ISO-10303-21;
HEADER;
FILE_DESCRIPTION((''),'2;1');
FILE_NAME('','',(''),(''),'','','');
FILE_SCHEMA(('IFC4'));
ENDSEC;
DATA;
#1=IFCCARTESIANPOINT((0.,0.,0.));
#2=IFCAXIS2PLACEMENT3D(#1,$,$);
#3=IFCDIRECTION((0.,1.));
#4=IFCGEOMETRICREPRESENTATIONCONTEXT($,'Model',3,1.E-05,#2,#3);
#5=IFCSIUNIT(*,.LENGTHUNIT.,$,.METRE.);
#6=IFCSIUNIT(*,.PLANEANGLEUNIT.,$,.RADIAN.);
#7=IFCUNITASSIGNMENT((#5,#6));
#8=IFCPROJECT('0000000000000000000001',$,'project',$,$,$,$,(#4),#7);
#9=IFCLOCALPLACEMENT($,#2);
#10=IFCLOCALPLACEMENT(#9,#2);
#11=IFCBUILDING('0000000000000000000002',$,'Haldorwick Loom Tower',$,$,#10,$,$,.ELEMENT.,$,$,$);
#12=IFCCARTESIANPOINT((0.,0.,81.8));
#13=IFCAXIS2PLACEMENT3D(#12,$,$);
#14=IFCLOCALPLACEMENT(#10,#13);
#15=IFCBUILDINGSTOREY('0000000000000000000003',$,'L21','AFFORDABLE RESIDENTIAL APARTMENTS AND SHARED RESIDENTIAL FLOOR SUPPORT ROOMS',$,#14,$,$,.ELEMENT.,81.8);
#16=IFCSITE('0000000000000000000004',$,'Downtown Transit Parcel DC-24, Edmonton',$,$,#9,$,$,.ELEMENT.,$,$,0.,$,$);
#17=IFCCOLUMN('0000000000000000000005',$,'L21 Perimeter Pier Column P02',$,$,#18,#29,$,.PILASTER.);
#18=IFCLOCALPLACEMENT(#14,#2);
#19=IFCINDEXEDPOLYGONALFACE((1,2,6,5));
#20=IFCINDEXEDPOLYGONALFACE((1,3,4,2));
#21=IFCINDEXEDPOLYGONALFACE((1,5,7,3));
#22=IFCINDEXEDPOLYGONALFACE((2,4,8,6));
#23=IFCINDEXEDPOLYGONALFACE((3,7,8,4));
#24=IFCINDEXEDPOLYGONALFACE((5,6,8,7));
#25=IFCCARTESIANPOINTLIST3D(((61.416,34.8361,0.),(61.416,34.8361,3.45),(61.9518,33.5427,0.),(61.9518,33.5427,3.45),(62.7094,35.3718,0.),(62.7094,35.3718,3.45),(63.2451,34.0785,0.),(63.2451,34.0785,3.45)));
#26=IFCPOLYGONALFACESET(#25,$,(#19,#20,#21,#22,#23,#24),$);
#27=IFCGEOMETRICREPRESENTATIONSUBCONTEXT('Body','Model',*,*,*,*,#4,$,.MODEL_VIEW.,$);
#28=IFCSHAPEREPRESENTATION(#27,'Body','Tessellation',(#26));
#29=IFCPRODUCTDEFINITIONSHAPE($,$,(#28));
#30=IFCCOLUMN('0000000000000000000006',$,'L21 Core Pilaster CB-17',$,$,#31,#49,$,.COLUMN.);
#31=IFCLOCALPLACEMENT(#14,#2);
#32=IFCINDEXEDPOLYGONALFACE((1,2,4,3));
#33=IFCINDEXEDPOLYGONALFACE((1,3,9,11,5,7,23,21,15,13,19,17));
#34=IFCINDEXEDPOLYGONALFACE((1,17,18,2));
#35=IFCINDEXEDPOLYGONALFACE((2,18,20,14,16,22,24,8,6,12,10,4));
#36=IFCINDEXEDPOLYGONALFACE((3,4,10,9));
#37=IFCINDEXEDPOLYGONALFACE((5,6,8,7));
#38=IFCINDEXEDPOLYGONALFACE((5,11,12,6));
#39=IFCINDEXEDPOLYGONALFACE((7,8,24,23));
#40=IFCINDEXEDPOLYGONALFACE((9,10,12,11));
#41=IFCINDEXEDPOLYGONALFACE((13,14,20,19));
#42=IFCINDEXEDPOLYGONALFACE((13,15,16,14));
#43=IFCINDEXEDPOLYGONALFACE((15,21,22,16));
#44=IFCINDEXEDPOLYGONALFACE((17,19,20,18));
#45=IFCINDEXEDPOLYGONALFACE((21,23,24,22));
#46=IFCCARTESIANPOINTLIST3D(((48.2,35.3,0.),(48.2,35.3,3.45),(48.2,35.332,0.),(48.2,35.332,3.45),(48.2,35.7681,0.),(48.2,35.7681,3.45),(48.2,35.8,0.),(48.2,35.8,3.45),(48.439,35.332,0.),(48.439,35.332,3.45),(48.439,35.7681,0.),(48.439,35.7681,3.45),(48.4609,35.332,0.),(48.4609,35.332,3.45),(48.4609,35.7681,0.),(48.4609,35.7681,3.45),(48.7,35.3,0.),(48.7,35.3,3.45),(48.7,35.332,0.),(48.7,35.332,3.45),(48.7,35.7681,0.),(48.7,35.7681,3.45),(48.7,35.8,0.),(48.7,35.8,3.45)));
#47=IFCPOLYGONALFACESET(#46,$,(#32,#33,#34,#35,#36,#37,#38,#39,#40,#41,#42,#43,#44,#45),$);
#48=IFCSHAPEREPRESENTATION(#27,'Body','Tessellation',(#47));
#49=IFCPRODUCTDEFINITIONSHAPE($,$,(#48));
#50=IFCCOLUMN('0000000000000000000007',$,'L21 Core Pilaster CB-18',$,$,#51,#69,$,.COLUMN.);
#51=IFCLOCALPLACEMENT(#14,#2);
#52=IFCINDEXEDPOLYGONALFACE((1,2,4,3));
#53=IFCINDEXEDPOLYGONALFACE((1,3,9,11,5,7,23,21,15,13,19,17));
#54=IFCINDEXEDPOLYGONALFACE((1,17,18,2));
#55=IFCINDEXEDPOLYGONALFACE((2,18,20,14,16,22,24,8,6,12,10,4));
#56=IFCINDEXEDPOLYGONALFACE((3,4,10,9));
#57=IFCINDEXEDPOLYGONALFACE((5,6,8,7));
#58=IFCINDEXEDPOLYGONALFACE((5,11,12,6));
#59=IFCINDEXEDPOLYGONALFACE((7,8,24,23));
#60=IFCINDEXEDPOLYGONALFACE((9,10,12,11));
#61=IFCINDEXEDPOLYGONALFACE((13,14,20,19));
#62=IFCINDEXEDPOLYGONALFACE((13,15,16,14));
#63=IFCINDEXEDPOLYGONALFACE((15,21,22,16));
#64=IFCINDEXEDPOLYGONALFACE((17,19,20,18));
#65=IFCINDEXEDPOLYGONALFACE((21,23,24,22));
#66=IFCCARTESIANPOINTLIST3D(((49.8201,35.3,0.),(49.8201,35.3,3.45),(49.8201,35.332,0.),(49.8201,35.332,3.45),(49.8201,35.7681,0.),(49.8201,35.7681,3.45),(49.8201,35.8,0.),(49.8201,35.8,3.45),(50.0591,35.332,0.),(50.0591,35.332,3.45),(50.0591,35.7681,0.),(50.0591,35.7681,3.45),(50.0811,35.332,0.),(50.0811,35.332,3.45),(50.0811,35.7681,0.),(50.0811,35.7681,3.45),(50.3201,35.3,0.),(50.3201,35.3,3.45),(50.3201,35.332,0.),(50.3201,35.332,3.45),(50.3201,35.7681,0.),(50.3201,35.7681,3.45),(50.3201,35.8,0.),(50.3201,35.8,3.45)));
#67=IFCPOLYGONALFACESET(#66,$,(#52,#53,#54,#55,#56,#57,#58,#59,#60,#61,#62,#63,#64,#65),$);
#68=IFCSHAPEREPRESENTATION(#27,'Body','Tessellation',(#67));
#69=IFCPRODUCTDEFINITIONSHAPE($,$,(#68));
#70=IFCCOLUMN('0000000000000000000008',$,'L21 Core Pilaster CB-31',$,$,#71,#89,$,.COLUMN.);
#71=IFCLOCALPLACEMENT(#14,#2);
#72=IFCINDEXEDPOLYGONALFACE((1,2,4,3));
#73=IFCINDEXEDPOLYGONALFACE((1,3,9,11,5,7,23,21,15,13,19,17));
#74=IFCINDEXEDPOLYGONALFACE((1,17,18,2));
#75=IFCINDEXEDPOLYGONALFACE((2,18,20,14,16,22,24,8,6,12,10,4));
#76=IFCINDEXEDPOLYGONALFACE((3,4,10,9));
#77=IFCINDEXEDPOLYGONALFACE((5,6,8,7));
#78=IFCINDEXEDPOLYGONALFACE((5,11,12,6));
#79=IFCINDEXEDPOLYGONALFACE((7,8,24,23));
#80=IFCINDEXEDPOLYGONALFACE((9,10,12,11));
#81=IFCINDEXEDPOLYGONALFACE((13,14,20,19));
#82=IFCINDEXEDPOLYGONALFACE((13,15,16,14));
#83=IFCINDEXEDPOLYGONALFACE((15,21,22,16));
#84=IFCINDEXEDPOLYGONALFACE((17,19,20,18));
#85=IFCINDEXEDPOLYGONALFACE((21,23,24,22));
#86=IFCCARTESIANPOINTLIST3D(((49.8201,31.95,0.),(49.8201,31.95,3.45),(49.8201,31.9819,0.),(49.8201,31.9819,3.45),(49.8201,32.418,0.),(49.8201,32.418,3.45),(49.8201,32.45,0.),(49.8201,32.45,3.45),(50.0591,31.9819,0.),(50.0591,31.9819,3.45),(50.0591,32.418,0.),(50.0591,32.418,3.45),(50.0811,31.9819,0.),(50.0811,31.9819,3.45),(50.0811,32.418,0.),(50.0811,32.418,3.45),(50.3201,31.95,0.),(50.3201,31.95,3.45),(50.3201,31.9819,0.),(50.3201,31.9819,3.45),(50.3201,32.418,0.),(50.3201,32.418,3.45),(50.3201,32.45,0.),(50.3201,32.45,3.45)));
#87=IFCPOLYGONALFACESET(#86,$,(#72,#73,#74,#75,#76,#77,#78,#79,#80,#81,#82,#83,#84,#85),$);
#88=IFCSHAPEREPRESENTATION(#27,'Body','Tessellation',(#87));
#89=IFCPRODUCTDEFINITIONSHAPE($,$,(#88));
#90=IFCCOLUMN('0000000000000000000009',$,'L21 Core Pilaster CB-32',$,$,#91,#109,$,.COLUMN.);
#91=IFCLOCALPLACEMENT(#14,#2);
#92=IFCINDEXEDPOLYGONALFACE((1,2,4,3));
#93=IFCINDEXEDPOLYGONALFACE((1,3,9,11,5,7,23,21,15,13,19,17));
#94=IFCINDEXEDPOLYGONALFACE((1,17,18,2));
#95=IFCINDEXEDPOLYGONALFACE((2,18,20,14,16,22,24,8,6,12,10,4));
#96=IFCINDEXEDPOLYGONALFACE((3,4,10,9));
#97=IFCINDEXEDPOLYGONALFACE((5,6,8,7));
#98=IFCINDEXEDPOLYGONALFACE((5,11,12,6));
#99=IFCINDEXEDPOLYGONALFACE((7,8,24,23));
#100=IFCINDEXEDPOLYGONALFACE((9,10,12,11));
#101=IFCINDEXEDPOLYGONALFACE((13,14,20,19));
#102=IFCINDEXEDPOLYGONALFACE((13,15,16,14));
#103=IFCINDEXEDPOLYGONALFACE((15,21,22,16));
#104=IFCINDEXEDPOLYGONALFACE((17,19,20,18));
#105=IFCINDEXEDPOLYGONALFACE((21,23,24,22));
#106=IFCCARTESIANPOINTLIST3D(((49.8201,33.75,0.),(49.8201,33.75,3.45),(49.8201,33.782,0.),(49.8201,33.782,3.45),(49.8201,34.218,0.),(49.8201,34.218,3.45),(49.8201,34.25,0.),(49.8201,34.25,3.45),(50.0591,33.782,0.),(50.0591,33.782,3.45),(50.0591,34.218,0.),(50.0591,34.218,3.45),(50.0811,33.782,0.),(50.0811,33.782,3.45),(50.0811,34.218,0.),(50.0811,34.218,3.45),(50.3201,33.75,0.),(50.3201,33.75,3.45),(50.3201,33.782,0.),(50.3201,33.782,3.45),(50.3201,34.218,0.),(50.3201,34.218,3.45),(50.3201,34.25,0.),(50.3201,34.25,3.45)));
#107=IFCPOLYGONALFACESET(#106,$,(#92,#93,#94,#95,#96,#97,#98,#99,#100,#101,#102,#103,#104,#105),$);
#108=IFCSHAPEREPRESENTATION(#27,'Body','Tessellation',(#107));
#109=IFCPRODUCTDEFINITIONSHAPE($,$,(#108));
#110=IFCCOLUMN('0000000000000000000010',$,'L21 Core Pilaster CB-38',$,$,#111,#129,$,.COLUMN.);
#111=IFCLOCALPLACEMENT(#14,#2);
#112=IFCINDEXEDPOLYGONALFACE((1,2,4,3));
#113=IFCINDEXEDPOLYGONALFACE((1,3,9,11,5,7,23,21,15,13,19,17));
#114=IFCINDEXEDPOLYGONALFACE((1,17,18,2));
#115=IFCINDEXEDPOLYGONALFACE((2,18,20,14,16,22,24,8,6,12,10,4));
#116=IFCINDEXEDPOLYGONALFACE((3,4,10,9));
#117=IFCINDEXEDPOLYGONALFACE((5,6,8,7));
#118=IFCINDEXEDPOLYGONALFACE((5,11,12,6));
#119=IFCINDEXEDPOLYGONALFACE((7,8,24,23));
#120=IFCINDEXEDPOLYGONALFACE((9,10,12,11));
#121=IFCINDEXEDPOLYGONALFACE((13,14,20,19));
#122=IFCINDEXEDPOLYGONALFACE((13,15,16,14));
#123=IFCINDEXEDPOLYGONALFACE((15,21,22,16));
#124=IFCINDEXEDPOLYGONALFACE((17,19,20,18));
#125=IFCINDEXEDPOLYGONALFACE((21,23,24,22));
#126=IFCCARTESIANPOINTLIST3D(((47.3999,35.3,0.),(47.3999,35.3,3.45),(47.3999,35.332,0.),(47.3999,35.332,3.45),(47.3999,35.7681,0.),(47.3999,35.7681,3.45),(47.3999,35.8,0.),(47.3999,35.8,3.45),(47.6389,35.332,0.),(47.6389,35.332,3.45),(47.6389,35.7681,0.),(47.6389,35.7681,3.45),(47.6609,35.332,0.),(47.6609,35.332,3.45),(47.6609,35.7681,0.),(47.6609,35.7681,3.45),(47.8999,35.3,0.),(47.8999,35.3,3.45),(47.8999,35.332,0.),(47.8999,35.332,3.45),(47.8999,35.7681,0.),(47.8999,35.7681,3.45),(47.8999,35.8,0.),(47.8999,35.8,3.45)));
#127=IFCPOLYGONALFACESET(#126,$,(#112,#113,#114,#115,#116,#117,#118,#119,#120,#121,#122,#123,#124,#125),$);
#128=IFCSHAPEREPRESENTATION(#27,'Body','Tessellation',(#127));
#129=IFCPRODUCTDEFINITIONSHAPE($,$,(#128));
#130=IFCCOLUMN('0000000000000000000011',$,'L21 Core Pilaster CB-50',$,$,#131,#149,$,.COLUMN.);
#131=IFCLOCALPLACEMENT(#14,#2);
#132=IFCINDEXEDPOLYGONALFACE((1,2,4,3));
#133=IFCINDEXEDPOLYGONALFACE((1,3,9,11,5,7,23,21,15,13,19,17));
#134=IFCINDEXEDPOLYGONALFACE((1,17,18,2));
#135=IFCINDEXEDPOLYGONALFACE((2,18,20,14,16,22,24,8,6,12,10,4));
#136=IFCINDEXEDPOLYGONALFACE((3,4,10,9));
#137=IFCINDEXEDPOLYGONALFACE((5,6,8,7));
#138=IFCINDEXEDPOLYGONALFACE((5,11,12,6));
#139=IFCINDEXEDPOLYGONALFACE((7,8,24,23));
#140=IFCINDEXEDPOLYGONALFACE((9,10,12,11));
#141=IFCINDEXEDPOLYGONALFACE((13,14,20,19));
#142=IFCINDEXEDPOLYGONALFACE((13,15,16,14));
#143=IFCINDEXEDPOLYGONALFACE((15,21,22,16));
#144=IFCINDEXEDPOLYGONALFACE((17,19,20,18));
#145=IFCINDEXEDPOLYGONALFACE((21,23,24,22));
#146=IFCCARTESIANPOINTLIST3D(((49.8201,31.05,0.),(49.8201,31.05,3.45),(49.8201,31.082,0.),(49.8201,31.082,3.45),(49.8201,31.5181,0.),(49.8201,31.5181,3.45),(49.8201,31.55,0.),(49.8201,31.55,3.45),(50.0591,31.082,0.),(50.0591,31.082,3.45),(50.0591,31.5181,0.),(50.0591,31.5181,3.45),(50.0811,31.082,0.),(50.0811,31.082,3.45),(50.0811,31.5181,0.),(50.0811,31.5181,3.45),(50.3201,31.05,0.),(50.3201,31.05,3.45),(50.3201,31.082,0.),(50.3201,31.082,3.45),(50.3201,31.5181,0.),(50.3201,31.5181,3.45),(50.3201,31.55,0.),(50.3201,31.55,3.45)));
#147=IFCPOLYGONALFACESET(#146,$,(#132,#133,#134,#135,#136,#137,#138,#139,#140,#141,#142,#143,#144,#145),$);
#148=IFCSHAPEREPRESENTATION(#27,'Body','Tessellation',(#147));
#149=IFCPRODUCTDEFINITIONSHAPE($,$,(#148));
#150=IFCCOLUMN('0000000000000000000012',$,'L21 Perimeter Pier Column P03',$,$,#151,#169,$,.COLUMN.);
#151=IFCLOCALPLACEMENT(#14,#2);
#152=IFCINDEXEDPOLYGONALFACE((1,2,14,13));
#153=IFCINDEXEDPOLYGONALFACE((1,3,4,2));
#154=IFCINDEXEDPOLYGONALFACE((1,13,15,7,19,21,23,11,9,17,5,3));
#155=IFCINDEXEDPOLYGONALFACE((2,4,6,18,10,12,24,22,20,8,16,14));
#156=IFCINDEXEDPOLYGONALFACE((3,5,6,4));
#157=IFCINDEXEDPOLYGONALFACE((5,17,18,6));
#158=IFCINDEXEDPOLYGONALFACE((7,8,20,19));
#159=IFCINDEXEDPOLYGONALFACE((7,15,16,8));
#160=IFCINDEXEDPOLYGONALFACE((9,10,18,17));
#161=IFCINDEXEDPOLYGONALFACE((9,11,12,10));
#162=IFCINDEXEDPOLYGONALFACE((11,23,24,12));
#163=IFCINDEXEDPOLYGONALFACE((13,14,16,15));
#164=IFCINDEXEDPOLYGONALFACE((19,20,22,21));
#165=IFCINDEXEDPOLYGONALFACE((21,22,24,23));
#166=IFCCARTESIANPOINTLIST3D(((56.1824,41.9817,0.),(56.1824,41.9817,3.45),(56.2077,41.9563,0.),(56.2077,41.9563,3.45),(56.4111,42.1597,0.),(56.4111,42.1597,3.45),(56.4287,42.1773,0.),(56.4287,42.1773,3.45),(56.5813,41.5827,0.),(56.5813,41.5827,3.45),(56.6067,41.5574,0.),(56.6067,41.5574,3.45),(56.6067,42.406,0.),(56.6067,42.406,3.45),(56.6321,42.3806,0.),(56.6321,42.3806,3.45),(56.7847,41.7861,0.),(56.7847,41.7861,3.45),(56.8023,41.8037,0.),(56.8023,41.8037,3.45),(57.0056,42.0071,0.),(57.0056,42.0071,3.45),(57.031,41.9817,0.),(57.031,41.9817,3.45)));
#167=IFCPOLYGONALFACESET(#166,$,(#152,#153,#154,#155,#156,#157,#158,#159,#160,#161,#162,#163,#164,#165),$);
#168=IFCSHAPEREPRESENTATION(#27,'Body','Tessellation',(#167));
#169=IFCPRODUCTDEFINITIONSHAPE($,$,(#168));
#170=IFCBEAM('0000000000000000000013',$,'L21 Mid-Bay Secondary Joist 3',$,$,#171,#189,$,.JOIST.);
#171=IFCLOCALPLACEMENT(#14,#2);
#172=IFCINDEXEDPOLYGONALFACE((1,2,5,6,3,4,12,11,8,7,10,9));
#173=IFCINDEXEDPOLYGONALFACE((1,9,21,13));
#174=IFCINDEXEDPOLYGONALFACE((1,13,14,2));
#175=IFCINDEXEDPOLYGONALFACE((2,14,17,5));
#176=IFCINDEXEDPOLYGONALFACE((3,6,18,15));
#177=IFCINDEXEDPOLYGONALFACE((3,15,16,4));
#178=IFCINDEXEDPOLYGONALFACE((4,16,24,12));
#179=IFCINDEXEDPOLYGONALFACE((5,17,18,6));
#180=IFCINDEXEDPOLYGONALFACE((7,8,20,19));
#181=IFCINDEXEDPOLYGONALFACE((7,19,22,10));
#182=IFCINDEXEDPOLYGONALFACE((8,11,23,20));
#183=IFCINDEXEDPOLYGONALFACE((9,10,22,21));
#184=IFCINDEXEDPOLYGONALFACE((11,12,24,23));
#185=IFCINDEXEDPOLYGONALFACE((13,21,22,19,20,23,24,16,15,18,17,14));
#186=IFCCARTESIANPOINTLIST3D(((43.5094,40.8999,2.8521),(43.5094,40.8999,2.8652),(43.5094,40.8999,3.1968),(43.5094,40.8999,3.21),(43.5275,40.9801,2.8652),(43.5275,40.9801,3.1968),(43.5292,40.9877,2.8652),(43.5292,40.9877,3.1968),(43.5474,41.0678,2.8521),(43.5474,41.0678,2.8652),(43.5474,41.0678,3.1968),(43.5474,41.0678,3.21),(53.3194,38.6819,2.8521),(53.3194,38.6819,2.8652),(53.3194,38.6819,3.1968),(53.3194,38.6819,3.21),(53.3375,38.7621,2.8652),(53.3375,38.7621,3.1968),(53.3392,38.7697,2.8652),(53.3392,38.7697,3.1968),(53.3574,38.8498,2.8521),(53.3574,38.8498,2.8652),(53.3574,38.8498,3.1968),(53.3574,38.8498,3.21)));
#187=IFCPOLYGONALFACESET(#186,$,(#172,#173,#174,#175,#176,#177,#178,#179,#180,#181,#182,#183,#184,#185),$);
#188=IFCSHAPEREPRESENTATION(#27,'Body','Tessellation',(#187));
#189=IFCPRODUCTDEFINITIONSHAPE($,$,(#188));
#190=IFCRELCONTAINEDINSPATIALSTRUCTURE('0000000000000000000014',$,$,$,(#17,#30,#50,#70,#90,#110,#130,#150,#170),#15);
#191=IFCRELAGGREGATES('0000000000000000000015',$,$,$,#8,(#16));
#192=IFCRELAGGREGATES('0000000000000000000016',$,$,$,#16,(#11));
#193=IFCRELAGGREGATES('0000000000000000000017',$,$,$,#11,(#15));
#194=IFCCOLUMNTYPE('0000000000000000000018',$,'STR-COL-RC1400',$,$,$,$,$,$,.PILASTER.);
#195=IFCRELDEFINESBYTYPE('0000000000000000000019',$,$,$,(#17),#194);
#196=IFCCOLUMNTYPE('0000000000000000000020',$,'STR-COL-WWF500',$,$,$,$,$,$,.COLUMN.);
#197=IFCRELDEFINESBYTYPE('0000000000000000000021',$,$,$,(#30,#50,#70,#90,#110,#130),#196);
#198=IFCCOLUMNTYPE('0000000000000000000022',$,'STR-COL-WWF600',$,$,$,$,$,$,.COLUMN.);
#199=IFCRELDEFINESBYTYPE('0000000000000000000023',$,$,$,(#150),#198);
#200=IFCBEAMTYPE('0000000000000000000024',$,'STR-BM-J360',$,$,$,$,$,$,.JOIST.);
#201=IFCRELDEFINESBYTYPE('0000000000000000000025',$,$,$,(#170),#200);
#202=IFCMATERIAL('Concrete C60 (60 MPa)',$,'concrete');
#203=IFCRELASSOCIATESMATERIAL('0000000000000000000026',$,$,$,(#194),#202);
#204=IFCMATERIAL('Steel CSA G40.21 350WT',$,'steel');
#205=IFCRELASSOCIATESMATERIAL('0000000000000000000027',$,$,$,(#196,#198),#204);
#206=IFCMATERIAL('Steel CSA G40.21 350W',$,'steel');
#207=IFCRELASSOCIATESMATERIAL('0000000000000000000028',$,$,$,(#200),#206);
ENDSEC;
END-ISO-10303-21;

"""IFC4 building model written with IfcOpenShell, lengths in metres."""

from ifc_helpers import new_model, si_unit, direction, frame, origin, origin_2d, place, context, subcontext, project, spatial, rectangle, i_section, extrude, material, material_profile, profile_set, type_object, element, save


model = new_model("IFC4")

# Units and contexts
model_context = context("Model", 3, precision=1e-05, world=origin(), true_north=direction((0.0, 1.0)))
body_context = subcontext(model_context, "Body", "Model", "MODEL_VIEW")
ifc_project = project(units=[si_unit("LENGTHUNIT", "METRE"), si_unit("PLANEANGLEUNIT", "RADIAN")], contexts=[model_context])

# Site, building, storey
site_placement = place(None, origin())
site = spatial("IfcSite", under=ifc_project, at=site_placement, Name="Downtown Transit Parcel DC-24, Edmonton", CompositionType="ELEMENT", RefElevation=0.0)
building_placement = place(site_placement, origin())
building = spatial("IfcBuilding", under=site, at=building_placement, Name="Haldorwick Loom Tower", CompositionType="ELEMENT")
storey_placement = place(building_placement, frame((0.0, 0.0, 81.8)))
storey = spatial("IfcBuildingStorey", under=building, at=storey_placement, Name="L21", Description="AFFORDABLE RESIDENTIAL APARTMENTS AND SHARED RESIDENTIAL FLOOR SUPPORT ROOMS", CompositionType="ELEMENT", Elevation=81.8)

# Columns
ifc_material_1 = material(Name="Concrete C60 (60 MPa)", Category="concrete")
ifc_material_profile_1 = material_profile(ifc_material_1, rectangle(XDim=1.3999, YDim=1.3999, at=origin_2d()), Name="RC1400X1400", Category="concrete")
ifc_profile_set_1 = profile_set([ifc_material_profile_1], Name="Concrete C60 (60 MPa)")
column_type_1 = type_object("IfcColumnType", Name="STR-COL-RC1400", PredefinedType="PILASTER", material=ifc_profile_set_1)
column_1_placement = place(storey_placement, frame((62.3306, 34.4573, 0.0), z_axis=(0.0, 0.0, 1.0), x_axis=(0.92388, 0.382683, 0.0)))
element("IfcColumn", 1, at=column_1_placement, inside=storey, type_object=column_type_1, Name="L21 Perimeter Pier Column P02", PredefinedType="PILASTER", context=body_context, shape_type="SweptSolid", body=[
    extrude(rectangle(XDim=1.3999, YDim=1.3999, at=origin_2d()), origin(), (0.0, 0.0, 1.0), 3.45),
])
ifc_material_2 = material(Name="Steel CSA G40.21 350WT", Category="steel")
ifc_material_profile_2 = material_profile(ifc_material_2, i_section(OverallWidth=0.5, OverallDepth=0.5, WebThickness=0.022, FlangeThickness=0.032, at=origin_2d()), Name="WWF500X500", Category="steel")
ifc_profile_set_2 = profile_set([ifc_material_profile_2], Name="Steel CSA G40.21 350WT")
column_type_2 = type_object("IfcColumnType", Name="STR-COL-WWF500", PredefinedType="COLUMN", material=ifc_profile_set_2)
for number, where, z_axis, x_axis, name in (
    (2, (48.45, 35.55, 0.0), (0.0, 0.0, 1.0), (1.0, 0.0, 0.0), "L21 Core Pilaster CB-17"),
    (3, (50.0701, 35.55, 0.0), (0.0, 0.0, 1.0), (1.0, 0.0, 0.0), "L21 Core Pilaster CB-18"),
    (4, (50.0701, 32.2, 0.0), (0.0, 0.0, 1.0), (1.0, 0.0, 0.0), "L21 Core Pilaster CB-31"),
    (5, (50.0701, 34.0, 0.0), (0.0, 0.0, 1.0), (1.0, 0.0, 0.0), "L21 Core Pilaster CB-32"),
    (6, (47.6499, 35.55, 0.0), (0.0, 0.0, 1.0), (1.0, 0.0, 0.0), "L21 Core Pilaster CB-38"),
    (7, (50.0701, 31.3, 0.0), (0.0, 0.0, 1.0), (1.0, 0.0, 0.0), "L21 Core Pilaster CB-50"),
):
    element("IfcColumn", number, at=place(storey_placement, frame(where, z_axis=z_axis, x_axis=x_axis)), inside=storey, type_object=column_type_2, Name=name, PredefinedType="COLUMN", context=body_context, shape_type="SweptSolid", body=[
        extrude(i_section(OverallWidth=0.5, OverallDepth=0.5, WebThickness=0.022, FlangeThickness=0.032, at=origin_2d()), origin(), (0.0, 0.0, 1.0), 3.45),
    ])
ifc_material_profile_3 = material_profile(ifc_material_2, i_section(OverallWidth=0.6001, OverallDepth=0.6001, WebThickness=0.0249, FlangeThickness=0.0359, at=origin_2d()), Name="WWF600X600", Category="steel")
ifc_profile_set_3 = profile_set([ifc_material_profile_3], Name="Steel CSA G40.21 350WT")
column_type_3 = type_object("IfcColumnType", Name="STR-COL-WWF600", PredefinedType="COLUMN", material=ifc_profile_set_3)
column_2_placement = place(storey_placement, frame((56.6067, 41.9817, 0.0), z_axis=(0.0, 0.0, 1.0), x_axis=(0.707107, 0.707107, 0.0)))
element("IfcColumn", 8, at=column_2_placement, inside=storey, type_object=column_type_3, Name="L21 Perimeter Pier Column P03", PredefinedType="COLUMN", context=body_context, shape_type="SweptSolid", body=[
    extrude(i_section(OverallWidth=0.6001, OverallDepth=0.6001, WebThickness=0.0249, FlangeThickness=0.0359, at=origin_2d()), origin(), (0.0, 0.0, 1.0), 3.45),
])

# Beam
ifc_material_3 = material(Name="Steel CSA G40.21 350W", Category="steel")
ifc_material_profile_4 = material_profile(ifc_material_3, i_section(OverallWidth=0.1721, OverallDepth=0.3579, WebThickness=0.0078, FlangeThickness=0.0132, at=origin_2d()), Name="W360X57", Category="steel")
ifc_profile_set_4 = profile_set([ifc_material_profile_4], Name="Steel CSA G40.21 350W")
beam_type_1 = type_object("IfcBeamType", Name="STR-BM-J360", PredefinedType="JOIST", material=ifc_profile_set_4)
beam_1_placement = place(storey_placement, frame((53.3384, 38.7659, 3.031), z_axis=(-0.97538, 0.22053, 0.0), x_axis=(-0.22053, -0.97538, 0.0)))
element("IfcBeam", 9, at=beam_1_placement, inside=storey, type_object=beam_type_1, Name="L21 Mid-Bay Secondary Joist 3", PredefinedType="JOIST", context=body_context, shape_type="SweptSolid", body=[
    extrude(i_section(OverallWidth=0.1721, OverallDepth=0.3579, WebThickness=0.0078, FlangeThickness=0.0132, at=origin_2d()), origin(), (0.0, 0.0, 1.0), 10.0576),
])

save(model, "model.ifc")
